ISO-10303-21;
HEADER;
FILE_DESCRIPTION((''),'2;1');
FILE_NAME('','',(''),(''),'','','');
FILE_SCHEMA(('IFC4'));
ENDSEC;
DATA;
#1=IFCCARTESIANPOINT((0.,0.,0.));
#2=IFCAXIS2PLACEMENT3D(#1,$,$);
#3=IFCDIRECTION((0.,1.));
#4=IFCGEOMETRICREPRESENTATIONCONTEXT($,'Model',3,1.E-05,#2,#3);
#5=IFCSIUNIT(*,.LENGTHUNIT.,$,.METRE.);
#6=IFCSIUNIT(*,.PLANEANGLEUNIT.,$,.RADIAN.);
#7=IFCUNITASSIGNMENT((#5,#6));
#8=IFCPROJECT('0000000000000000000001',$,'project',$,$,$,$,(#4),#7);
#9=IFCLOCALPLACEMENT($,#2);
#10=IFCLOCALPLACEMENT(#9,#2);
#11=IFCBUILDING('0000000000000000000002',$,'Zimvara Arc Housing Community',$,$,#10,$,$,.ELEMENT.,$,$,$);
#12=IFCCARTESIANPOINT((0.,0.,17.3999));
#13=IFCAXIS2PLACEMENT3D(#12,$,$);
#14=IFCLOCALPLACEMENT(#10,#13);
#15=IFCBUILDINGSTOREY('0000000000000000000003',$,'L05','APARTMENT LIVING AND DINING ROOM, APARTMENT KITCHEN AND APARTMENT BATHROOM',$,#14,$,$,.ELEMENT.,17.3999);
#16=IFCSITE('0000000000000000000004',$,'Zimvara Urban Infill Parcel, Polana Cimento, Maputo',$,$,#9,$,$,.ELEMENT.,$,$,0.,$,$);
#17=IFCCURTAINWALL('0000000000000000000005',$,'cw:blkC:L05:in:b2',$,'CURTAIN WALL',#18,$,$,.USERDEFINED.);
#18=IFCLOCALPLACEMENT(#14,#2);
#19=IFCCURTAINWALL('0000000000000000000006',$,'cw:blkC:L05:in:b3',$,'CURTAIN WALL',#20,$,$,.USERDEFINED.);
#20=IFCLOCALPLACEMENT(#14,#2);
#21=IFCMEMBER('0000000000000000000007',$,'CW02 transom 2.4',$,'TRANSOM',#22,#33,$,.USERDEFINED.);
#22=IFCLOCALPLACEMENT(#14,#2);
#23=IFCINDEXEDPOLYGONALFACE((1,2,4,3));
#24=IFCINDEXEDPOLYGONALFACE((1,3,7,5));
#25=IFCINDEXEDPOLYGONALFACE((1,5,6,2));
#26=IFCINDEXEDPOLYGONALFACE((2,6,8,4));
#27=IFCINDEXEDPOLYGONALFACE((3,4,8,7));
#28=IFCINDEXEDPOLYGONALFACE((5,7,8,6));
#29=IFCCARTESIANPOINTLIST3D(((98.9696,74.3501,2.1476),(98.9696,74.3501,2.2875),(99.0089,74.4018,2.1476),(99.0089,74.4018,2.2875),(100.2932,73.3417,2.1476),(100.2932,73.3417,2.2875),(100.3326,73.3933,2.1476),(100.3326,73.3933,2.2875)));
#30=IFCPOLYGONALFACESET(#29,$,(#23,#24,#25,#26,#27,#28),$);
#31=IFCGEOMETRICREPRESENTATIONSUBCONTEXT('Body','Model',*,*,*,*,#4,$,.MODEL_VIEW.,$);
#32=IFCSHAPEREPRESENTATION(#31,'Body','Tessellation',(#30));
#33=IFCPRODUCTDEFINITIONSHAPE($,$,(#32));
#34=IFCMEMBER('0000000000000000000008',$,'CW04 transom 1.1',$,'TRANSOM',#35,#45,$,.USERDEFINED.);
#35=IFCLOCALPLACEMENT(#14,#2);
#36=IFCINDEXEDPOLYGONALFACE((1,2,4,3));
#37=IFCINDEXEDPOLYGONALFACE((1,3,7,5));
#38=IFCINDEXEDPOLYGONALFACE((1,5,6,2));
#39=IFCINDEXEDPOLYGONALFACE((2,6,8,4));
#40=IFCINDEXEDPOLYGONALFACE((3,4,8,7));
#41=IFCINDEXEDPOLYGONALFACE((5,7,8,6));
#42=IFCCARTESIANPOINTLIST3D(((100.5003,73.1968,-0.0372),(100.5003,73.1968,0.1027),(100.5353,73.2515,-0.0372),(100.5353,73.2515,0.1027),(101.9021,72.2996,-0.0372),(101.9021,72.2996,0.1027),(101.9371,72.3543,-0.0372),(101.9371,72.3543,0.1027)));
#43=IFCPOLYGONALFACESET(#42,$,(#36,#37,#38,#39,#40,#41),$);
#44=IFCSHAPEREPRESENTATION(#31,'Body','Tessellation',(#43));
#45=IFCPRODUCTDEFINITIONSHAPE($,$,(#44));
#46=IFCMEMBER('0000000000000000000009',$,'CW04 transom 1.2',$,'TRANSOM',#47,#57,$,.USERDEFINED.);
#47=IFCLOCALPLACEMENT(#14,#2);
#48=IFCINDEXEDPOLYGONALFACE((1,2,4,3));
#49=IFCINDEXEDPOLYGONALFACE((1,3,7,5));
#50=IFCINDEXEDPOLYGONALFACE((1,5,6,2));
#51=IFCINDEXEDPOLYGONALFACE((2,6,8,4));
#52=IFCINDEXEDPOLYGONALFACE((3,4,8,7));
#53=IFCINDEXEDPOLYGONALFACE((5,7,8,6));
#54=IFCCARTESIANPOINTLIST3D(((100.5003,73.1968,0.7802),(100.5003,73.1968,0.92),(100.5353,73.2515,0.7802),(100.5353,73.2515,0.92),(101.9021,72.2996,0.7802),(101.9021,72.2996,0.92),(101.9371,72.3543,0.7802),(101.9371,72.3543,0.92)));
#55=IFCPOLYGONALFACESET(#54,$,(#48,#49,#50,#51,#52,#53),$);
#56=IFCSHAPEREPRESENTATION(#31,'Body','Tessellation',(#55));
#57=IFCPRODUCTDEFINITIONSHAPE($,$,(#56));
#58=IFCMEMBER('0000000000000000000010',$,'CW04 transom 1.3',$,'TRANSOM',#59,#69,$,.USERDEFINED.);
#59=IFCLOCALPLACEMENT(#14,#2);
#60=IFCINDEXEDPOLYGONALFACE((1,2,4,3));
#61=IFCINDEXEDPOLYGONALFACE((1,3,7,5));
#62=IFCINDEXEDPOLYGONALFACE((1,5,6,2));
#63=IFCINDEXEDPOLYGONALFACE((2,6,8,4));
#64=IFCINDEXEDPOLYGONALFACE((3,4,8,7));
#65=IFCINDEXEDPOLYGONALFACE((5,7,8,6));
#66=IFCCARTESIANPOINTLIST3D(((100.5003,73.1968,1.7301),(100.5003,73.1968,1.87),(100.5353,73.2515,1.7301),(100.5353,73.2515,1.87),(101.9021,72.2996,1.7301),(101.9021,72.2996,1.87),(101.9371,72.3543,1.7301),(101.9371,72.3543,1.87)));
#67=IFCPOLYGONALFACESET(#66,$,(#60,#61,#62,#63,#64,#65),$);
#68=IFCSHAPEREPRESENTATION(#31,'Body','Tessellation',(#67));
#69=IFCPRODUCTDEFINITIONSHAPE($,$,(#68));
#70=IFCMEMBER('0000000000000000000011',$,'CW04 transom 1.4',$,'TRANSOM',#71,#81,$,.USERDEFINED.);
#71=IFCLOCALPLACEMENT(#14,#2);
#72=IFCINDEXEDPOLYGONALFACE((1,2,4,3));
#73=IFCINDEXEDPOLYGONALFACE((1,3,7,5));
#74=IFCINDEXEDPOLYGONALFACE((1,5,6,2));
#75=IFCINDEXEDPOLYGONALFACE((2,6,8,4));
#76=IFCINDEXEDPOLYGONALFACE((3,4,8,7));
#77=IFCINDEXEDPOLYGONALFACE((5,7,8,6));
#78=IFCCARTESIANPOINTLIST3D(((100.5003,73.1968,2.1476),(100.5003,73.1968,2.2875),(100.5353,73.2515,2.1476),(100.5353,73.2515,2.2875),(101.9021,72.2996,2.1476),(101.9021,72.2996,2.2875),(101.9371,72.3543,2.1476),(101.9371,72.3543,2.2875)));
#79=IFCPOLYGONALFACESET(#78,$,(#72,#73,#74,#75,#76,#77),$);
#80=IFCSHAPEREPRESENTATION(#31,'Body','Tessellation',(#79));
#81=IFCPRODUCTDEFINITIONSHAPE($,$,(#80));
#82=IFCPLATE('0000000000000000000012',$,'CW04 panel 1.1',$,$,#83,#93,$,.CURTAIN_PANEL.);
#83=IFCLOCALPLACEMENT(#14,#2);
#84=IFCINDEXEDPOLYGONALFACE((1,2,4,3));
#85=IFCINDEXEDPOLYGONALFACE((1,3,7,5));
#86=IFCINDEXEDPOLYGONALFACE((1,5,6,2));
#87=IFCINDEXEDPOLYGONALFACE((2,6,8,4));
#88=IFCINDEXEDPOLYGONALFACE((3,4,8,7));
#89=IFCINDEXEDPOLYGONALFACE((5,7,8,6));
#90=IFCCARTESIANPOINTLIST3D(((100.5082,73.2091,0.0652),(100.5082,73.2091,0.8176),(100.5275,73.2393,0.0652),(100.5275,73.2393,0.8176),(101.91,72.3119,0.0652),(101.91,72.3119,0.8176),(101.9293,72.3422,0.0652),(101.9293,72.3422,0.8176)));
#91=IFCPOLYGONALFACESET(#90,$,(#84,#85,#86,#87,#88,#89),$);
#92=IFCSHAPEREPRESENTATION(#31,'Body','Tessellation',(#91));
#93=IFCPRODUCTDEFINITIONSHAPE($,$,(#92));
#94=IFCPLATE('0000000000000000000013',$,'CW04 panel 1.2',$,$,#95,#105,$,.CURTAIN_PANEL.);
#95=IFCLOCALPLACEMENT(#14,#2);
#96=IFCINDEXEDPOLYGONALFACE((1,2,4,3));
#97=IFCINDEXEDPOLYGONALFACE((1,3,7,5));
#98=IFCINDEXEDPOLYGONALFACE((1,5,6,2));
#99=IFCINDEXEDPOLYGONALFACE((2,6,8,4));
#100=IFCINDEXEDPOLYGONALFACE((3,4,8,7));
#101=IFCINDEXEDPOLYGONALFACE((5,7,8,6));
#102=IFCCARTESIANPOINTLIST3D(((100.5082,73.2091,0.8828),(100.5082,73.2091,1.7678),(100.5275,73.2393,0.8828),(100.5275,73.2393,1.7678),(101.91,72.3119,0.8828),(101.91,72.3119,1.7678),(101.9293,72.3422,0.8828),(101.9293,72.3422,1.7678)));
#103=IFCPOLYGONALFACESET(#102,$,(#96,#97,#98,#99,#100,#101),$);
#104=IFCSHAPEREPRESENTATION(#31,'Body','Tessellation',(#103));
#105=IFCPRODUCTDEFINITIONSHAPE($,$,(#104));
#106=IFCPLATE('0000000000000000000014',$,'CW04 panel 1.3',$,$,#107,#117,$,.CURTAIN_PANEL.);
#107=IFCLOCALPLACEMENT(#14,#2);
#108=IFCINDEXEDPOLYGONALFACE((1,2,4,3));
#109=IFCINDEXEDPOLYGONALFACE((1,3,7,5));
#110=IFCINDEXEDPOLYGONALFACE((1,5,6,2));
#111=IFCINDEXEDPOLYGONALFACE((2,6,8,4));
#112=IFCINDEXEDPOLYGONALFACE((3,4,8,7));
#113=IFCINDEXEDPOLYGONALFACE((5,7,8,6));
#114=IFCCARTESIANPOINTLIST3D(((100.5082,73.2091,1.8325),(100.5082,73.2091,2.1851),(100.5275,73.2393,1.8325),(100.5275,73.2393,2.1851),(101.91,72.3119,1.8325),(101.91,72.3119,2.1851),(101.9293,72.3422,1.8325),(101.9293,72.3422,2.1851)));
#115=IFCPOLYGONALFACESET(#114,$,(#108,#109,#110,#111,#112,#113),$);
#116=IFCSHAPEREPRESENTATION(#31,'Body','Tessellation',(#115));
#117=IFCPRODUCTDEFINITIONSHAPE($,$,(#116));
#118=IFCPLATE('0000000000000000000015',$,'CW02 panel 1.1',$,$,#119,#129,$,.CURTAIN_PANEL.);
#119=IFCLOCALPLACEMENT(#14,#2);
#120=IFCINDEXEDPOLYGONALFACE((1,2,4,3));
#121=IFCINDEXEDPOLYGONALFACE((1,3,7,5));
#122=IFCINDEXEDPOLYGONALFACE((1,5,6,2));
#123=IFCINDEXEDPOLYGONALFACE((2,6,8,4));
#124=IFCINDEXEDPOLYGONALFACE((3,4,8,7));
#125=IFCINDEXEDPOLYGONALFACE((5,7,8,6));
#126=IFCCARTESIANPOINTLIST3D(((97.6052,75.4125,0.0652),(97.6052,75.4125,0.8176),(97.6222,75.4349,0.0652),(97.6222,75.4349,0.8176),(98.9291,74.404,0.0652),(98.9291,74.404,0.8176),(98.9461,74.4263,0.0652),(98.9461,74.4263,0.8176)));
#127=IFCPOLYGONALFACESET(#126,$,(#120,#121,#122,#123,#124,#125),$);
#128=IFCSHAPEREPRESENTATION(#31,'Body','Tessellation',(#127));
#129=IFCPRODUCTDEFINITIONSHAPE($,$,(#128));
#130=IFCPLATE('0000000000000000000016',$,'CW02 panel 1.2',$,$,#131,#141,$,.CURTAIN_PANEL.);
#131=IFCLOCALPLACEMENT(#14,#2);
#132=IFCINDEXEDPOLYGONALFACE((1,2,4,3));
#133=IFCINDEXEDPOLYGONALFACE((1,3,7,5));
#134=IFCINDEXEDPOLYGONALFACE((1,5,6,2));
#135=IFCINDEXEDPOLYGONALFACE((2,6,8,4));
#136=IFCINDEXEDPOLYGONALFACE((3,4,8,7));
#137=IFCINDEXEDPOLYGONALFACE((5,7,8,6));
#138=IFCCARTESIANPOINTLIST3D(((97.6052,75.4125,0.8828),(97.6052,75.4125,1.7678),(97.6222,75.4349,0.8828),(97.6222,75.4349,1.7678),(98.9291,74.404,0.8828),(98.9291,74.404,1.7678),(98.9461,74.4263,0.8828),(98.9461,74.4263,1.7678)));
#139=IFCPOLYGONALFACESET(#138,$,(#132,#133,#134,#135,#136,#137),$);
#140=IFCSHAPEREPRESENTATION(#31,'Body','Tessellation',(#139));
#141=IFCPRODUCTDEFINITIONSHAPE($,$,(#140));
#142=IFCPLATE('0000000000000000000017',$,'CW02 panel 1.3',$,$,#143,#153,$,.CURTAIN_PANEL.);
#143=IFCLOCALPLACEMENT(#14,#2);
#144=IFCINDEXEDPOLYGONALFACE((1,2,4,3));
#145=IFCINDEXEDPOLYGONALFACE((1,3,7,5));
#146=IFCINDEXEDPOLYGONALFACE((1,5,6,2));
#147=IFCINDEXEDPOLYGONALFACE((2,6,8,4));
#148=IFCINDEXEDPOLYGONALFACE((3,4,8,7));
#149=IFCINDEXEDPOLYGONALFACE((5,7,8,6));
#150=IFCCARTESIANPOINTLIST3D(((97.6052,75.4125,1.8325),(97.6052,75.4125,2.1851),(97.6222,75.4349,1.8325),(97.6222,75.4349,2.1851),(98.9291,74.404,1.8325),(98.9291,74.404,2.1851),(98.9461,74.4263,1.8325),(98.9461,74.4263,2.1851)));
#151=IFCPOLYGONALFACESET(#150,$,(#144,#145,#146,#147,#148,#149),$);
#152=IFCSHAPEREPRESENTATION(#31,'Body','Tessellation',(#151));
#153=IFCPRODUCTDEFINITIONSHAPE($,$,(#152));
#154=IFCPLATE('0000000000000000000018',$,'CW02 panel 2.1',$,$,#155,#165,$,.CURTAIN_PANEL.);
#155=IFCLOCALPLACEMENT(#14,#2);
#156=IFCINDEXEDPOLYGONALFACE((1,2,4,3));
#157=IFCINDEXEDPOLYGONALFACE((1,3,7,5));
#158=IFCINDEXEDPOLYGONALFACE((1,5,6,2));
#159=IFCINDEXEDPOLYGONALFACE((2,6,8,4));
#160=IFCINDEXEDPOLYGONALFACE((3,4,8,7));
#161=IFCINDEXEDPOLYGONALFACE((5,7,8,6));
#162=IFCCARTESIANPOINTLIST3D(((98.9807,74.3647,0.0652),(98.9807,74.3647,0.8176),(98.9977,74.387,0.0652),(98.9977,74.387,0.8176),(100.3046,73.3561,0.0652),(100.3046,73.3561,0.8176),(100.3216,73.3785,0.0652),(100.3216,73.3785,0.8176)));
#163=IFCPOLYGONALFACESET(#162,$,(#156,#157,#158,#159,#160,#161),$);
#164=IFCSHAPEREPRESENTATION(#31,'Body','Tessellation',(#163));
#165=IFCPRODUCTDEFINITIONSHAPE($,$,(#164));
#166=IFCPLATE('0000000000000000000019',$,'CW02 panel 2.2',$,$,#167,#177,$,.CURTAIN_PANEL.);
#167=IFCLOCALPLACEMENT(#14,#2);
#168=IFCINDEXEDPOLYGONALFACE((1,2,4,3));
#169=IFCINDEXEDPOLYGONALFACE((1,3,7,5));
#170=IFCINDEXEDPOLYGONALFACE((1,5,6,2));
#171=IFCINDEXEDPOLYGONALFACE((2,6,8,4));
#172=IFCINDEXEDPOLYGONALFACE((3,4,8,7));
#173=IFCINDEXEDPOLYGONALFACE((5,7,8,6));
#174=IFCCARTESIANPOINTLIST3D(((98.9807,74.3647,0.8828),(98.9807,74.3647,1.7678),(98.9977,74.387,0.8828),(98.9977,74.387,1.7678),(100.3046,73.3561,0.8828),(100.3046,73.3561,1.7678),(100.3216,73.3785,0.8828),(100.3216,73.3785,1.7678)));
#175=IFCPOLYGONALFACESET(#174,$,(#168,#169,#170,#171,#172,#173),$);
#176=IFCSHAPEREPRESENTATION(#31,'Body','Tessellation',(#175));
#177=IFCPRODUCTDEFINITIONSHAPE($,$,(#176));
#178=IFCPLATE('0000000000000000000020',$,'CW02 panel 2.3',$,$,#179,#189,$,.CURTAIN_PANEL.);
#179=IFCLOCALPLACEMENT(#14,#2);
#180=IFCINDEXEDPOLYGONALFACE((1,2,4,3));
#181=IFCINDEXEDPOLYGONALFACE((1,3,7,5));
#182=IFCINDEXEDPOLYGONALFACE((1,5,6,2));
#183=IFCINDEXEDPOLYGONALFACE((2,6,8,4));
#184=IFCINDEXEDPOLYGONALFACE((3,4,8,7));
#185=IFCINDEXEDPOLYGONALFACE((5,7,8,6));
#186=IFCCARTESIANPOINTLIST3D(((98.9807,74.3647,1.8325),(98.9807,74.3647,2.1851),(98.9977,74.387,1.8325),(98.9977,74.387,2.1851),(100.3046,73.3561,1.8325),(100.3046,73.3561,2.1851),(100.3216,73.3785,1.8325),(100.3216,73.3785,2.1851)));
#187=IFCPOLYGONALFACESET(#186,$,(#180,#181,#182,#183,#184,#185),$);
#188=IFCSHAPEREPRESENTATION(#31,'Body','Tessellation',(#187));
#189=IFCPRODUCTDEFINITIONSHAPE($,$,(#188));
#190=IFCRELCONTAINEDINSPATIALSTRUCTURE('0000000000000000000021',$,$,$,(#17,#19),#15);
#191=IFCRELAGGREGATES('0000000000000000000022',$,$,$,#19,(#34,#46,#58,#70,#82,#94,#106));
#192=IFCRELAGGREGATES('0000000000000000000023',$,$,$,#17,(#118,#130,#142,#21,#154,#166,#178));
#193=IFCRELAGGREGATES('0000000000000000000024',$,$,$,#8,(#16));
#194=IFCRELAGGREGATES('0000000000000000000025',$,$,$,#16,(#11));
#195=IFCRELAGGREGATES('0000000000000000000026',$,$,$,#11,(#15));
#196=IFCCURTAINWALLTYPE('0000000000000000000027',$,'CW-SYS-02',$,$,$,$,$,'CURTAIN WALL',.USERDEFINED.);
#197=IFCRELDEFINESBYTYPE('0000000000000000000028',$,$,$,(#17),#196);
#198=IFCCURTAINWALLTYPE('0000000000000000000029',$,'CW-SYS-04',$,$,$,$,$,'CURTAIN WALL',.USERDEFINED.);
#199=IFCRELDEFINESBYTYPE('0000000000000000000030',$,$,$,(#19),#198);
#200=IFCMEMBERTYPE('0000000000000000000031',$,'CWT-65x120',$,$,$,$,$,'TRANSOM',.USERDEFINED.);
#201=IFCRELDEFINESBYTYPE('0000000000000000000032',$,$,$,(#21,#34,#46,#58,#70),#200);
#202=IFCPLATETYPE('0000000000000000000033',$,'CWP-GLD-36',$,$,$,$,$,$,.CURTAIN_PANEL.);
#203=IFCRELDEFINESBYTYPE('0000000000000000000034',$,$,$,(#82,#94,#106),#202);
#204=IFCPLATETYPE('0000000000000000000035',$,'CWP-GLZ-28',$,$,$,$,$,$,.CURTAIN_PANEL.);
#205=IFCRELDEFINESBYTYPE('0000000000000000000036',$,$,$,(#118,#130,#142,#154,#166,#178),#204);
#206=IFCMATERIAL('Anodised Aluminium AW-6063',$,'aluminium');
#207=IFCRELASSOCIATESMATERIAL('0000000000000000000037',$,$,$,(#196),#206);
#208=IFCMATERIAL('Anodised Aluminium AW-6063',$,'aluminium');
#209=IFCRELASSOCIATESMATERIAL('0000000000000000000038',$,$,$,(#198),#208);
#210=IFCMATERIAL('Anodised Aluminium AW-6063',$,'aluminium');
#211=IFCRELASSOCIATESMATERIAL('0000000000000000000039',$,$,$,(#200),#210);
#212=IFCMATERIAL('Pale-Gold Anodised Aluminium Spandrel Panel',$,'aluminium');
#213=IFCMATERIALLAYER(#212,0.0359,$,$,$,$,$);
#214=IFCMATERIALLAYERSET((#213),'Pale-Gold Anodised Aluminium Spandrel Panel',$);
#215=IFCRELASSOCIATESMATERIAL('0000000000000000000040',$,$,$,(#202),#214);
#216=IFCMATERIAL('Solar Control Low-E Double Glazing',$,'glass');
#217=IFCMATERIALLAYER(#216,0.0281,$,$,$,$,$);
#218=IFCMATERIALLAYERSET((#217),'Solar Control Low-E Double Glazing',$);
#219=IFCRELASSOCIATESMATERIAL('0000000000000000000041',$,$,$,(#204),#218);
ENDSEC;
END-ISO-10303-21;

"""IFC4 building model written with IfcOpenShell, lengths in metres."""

from ifc_helpers import new_model, si_unit, direction, frame, origin, origin_2d, place, context, subcontext, project, spatial, rectangle, extrude, material, layer, layer_set, material_profile, profile_set, type_object, element, aggregate, save


model = new_model("IFC4")

# Units and contexts
model_context = context("Model", 3, precision=1e-05, world=origin(), true_north=direction((0.0, 1.0)))
body_context = subcontext(model_context, "Body", "Model", "MODEL_VIEW")
ifc_project = project(units=[si_unit("LENGTHUNIT", "METRE"), si_unit("PLANEANGLEUNIT", "RADIAN")], contexts=[model_context])

# Site, building, storey
site_placement = place(None, origin())
site = spatial("IfcSite", under=ifc_project, at=site_placement, Name="Zimvara Urban Infill Parcel, Polana Cimento, Maputo", CompositionType="ELEMENT", RefElevation=0.0)
building_placement = place(site_placement, origin())
building = spatial("IfcBuilding", under=site, at=building_placement, Name="Zimvara Arc Housing Community", CompositionType="ELEMENT")
storey_placement = place(building_placement, frame((0.0, 0.0, 17.3999)))
storey = spatial("IfcBuildingStorey", under=building, at=storey_placement, Name="L05", Description="APARTMENT LIVING AND DINING ROOM, APARTMENT KITCHEN AND APARTMENT BATHROOM", CompositionType="ELEMENT", Elevation=17.3999)

# Curtain wall
ifc_material_1 = material(Name="Anodised Aluminium AW-6063", Category="aluminium")
curtain_wall_type_1 = type_object("IfcCurtainWallType", Name="CW-SYS-02", ElementType="CURTAIN WALL", PredefinedType="USERDEFINED", material=ifc_material_1)
curtain_wall_1_placement = place(storey_placement, origin())
curtain_wall_1 = element("IfcCurtainWall", 1, at=curtain_wall_1_placement, inside=storey, type_object=curtain_wall_type_1, Name="cw:blkC:L05:in:b2", ObjectType="CURTAIN WALL", PredefinedType="USERDEFINED")

# Curtain wall
ifc_material_2 = material(Name="Anodised Aluminium AW-6063", Category="aluminium")
curtain_wall_type_2 = type_object("IfcCurtainWallType", Name="CW-SYS-04", ElementType="CURTAIN WALL", PredefinedType="USERDEFINED", material=ifc_material_2)
curtain_wall_2_placement = place(storey_placement, origin())
curtain_wall_2 = element("IfcCurtainWall", 2, at=curtain_wall_2_placement, inside=storey, type_object=curtain_wall_type_2, Name="cw:blkC:L05:in:b3", ObjectType="CURTAIN WALL", PredefinedType="USERDEFINED")

# Members
ifc_material_3 = material(Name="Anodised Aluminium AW-6063", Category="aluminium")
ifc_material_profile_1 = material_profile(ifc_material_3, rectangle(XDim=0.0649, YDim=0.1399, at=origin_2d()), Name="ALU 65x140")
ifc_profile_set_1 = profile_set([ifc_material_profile_1], Name="Anodised Aluminium AW-6063")
member_type_1 = type_object("IfcMemberType", Name="CWT-65x120", ElementType="TRANSOM", PredefinedType="USERDEFINED", material=ifc_profile_set_1)
member_1_placement = place(storey_placement, frame((98.9893, 74.376, 2.2175), z_axis=(0.795435, -0.606039, 0.0), x_axis=(0.606039, 0.795435, 0.0)))
member_1 = element("IfcMember", 3, at=member_1_placement, type_object=member_type_1, Name="CW02 transom 2.4", ObjectType="TRANSOM", PredefinedType="USERDEFINED", context=body_context, shape_type="SweptSolid", body=[
    extrude(rectangle(XDim=0.0649, YDim=0.1399, at=origin_2d()), origin(), (0.0, 0.0, 1.0), 1.6641),
])
member_2_placement = place(storey_placement, frame((100.5178, 73.2241, 0.0327), z_axis=(0.842263, -0.539066, 0.0), x_axis=(0.539066, 0.842263, 0.0)))
member_2 = element("IfcMember", 4, at=member_2_placement, type_object=member_type_1, Name="CW04 transom 1.1", ObjectType="TRANSOM", PredefinedType="USERDEFINED", context=body_context, shape_type="SweptSolid", body=[
    extrude(rectangle(XDim=0.0649, YDim=0.1399, at=origin_2d()), origin(), (0.0, 0.0, 1.0), 1.6643),
])
member_3_placement = place(storey_placement, frame((100.5178, 73.2241, 0.8501), z_axis=(0.842263, -0.539066, 0.0), x_axis=(0.539066, 0.842263, 0.0)))
member_3 = element("IfcMember", 5, at=member_3_placement, type_object=member_type_1, Name="CW04 transom 1.2", ObjectType="TRANSOM", PredefinedType="USERDEFINED", context=body_context, shape_type="SweptSolid", body=[
    extrude(rectangle(XDim=0.0649, YDim=0.1399, at=origin_2d()), origin(), (0.0, 0.0, 1.0), 1.6643),
])
member_4_placement = place(storey_placement, frame((100.5178, 73.2241, 1.8), z_axis=(0.842263, -0.539066, 0.0), x_axis=(0.539066, 0.842263, 0.0)))
member_4 = element("IfcMember", 6, at=member_4_placement, type_object=member_type_1, Name="CW04 transom 1.3", ObjectType="TRANSOM", PredefinedType="USERDEFINED", context=body_context, shape_type="SweptSolid", body=[
    extrude(rectangle(XDim=0.0649, YDim=0.1399, at=origin_2d()), origin(), (0.0, 0.0, 1.0), 1.6643),
])
member_5_placement = place(storey_placement, frame((100.5178, 73.2241, 2.2175), z_axis=(0.842263, -0.539066, 0.0), x_axis=(0.539066, 0.842263, 0.0)))
member_5 = element("IfcMember", 7, at=member_5_placement, type_object=member_type_1, Name="CW04 transom 1.4", ObjectType="TRANSOM", PredefinedType="USERDEFINED", context=body_context, shape_type="SweptSolid", body=[
    extrude(rectangle(XDim=0.0649, YDim=0.1399, at=origin_2d()), origin(), (0.0, 0.0, 1.0), 1.6643),
])

# Plates
ifc_material_4 = material(Name="Pale-Gold Anodised Aluminium Spandrel Panel", Category="aluminium")
ifc_layer_1 = layer(ifc_material_4, 0.0359)
ifc_layer_set_1 = layer_set([ifc_layer_1], Name="Pale-Gold Anodised Aluminium Spandrel Panel")
plate_type_1 = type_object("IfcPlateType", Name="CWP-GLD-36", PredefinedType="CURTAIN_PANEL", material=ifc_layer_set_1)
plate_1_placement = place(storey_placement, frame((101.2188, 72.7756, 0.0652), z_axis=(0.0, 0.0, 1.0), x_axis=(0.842265, -0.539064, 0.0)))
plate_1 = element("IfcPlate", 8, at=plate_1_placement, type_object=plate_type_1, Name="CW04 panel 1.1", PredefinedType="CURTAIN_PANEL", context=body_context, shape_type="SweptSolid", body=[
    extrude(rectangle(XDim=1.6643, YDim=0.0359, at=origin_2d()), origin(), (0.0, 0.0, 1.0), 0.7524),
])
plate_2_placement = place(storey_placement, frame((101.2188, 72.7756, 0.8828), z_axis=(0.0, 0.0, 1.0), x_axis=(0.842265, -0.539064, 0.0)))
plate_2 = element("IfcPlate", 9, at=plate_2_placement, type_object=plate_type_1, Name="CW04 panel 1.2", PredefinedType="CURTAIN_PANEL", context=body_context, shape_type="SweptSolid", body=[
    extrude(rectangle(XDim=1.6643, YDim=0.0359, at=origin_2d()), origin(), (0.0, 0.0, 1.0), 0.885),
])
plate_3_placement = place(storey_placement, frame((101.2188, 72.7756, 1.8325), z_axis=(0.0, 0.0, 1.0), x_axis=(0.842265, -0.539064, 0.0)))
plate_3 = element("IfcPlate", 10, at=plate_3_placement, type_object=plate_type_1, Name="CW04 panel 1.3", PredefinedType="CURTAIN_PANEL", context=body_context, shape_type="SweptSolid", body=[
    extrude(rectangle(XDim=1.6643, YDim=0.0359, at=origin_2d()), origin(), (0.0, 0.0, 1.0), 0.3525),
])
aggregate(curtain_wall_2, [member_2, member_3, member_4, member_5, plate_1, plate_2, plate_3])
ifc_material_5 = material(Name="Solar Control Low-E Double Glazing", Category="glass")
ifc_layer_2 = layer(ifc_material_5, 0.0281)
ifc_layer_set_2 = layer_set([ifc_layer_2], Name="Solar Control Low-E Double Glazing")
plate_type_2 = type_object("IfcPlateType", Name="CWP-GLZ-28", PredefinedType="CURTAIN_PANEL", material=ifc_layer_set_2)
plate_4_placement = place(storey_placement, frame((98.2756, 74.9194, 0.0652), z_axis=(0.0, 0.0, 1.0), x_axis=(0.795474, -0.605988, 0.0)))
plate_4 = element("IfcPlate", 11, at=plate_4_placement, type_object=plate_type_2, Name="CW02 panel 1.1", PredefinedType="CURTAIN_PANEL", context=body_context, shape_type="SweptSolid", body=[
    extrude(rectangle(XDim=1.6643, YDim=0.0281, at=origin_2d()), origin(), (0.0, 0.0, 1.0), 0.7524),
])
plate_5_placement = place(storey_placement, frame((98.2756, 74.9194, 0.8828), z_axis=(0.0, 0.0, 1.0), x_axis=(0.795474, -0.605988, 0.0)))
plate_5 = element("IfcPlate", 12, at=plate_5_placement, type_object=plate_type_2, Name="CW02 panel 1.2", PredefinedType="CURTAIN_PANEL", context=body_context, shape_type="SweptSolid", body=[
    extrude(rectangle(XDim=1.6643, YDim=0.0281, at=origin_2d()), origin(), (0.0, 0.0, 1.0), 0.885),
])
plate_6_placement = place(storey_placement, frame((98.2756, 74.9194, 1.8325), z_axis=(0.0, 0.0, 1.0), x_axis=(0.795474, -0.605988, 0.0)))
plate_6 = element("IfcPlate", 13, at=plate_6_placement, type_object=plate_type_2, Name="CW02 panel 1.3", PredefinedType="CURTAIN_PANEL", context=body_context, shape_type="SweptSolid", body=[
    extrude(rectangle(XDim=1.6643, YDim=0.0281, at=origin_2d()), origin(), (0.0, 0.0, 1.0), 0.3525),
])
plate_7_placement = place(storey_placement, frame((99.6511, 73.8716, 0.0652), z_axis=(0.0, 0.0, 1.0), x_axis=(0.795474, -0.605988, 0.0)))
plate_7 = element("IfcPlate", 14, at=plate_7_placement, type_object=plate_type_2, Name="CW02 panel 2.1", PredefinedType="CURTAIN_PANEL", context=body_context, shape_type="SweptSolid", body=[
    extrude(rectangle(XDim=1.6643, YDim=0.0281, at=origin_2d()), origin(), (0.0, 0.0, 1.0), 0.7524),
])
plate_8_placement = place(storey_placement, frame((99.6511, 73.8716, 0.8828), z_axis=(0.0, 0.0, 1.0), x_axis=(0.795474, -0.605988, 0.0)))
plate_8 = element("IfcPlate", 15, at=plate_8_placement, type_object=plate_type_2, Name="CW02 panel 2.2", PredefinedType="CURTAIN_PANEL", context=body_context, shape_type="SweptSolid", body=[
    extrude(rectangle(XDim=1.6643, YDim=0.0281, at=origin_2d()), origin(), (0.0, 0.0, 1.0), 0.885),
])
plate_9_placement = place(storey_placement, frame((99.6511, 73.8716, 1.8325), z_axis=(0.0, 0.0, 1.0), x_axis=(0.795474, -0.605988, 0.0)))
plate_9 = element("IfcPlate", 16, at=plate_9_placement, type_object=plate_type_2, Name="CW02 panel 2.3", PredefinedType="CURTAIN_PANEL", context=body_context, shape_type="SweptSolid", body=[
    extrude(rectangle(XDim=1.6643, YDim=0.0281, at=origin_2d()), origin(), (0.0, 0.0, 1.0), 0.3525),
])
aggregate(curtain_wall_1, [plate_4, plate_5, plate_6, member_1, plate_7, plate_8, plate_9])

save(model, "model.ifc")
